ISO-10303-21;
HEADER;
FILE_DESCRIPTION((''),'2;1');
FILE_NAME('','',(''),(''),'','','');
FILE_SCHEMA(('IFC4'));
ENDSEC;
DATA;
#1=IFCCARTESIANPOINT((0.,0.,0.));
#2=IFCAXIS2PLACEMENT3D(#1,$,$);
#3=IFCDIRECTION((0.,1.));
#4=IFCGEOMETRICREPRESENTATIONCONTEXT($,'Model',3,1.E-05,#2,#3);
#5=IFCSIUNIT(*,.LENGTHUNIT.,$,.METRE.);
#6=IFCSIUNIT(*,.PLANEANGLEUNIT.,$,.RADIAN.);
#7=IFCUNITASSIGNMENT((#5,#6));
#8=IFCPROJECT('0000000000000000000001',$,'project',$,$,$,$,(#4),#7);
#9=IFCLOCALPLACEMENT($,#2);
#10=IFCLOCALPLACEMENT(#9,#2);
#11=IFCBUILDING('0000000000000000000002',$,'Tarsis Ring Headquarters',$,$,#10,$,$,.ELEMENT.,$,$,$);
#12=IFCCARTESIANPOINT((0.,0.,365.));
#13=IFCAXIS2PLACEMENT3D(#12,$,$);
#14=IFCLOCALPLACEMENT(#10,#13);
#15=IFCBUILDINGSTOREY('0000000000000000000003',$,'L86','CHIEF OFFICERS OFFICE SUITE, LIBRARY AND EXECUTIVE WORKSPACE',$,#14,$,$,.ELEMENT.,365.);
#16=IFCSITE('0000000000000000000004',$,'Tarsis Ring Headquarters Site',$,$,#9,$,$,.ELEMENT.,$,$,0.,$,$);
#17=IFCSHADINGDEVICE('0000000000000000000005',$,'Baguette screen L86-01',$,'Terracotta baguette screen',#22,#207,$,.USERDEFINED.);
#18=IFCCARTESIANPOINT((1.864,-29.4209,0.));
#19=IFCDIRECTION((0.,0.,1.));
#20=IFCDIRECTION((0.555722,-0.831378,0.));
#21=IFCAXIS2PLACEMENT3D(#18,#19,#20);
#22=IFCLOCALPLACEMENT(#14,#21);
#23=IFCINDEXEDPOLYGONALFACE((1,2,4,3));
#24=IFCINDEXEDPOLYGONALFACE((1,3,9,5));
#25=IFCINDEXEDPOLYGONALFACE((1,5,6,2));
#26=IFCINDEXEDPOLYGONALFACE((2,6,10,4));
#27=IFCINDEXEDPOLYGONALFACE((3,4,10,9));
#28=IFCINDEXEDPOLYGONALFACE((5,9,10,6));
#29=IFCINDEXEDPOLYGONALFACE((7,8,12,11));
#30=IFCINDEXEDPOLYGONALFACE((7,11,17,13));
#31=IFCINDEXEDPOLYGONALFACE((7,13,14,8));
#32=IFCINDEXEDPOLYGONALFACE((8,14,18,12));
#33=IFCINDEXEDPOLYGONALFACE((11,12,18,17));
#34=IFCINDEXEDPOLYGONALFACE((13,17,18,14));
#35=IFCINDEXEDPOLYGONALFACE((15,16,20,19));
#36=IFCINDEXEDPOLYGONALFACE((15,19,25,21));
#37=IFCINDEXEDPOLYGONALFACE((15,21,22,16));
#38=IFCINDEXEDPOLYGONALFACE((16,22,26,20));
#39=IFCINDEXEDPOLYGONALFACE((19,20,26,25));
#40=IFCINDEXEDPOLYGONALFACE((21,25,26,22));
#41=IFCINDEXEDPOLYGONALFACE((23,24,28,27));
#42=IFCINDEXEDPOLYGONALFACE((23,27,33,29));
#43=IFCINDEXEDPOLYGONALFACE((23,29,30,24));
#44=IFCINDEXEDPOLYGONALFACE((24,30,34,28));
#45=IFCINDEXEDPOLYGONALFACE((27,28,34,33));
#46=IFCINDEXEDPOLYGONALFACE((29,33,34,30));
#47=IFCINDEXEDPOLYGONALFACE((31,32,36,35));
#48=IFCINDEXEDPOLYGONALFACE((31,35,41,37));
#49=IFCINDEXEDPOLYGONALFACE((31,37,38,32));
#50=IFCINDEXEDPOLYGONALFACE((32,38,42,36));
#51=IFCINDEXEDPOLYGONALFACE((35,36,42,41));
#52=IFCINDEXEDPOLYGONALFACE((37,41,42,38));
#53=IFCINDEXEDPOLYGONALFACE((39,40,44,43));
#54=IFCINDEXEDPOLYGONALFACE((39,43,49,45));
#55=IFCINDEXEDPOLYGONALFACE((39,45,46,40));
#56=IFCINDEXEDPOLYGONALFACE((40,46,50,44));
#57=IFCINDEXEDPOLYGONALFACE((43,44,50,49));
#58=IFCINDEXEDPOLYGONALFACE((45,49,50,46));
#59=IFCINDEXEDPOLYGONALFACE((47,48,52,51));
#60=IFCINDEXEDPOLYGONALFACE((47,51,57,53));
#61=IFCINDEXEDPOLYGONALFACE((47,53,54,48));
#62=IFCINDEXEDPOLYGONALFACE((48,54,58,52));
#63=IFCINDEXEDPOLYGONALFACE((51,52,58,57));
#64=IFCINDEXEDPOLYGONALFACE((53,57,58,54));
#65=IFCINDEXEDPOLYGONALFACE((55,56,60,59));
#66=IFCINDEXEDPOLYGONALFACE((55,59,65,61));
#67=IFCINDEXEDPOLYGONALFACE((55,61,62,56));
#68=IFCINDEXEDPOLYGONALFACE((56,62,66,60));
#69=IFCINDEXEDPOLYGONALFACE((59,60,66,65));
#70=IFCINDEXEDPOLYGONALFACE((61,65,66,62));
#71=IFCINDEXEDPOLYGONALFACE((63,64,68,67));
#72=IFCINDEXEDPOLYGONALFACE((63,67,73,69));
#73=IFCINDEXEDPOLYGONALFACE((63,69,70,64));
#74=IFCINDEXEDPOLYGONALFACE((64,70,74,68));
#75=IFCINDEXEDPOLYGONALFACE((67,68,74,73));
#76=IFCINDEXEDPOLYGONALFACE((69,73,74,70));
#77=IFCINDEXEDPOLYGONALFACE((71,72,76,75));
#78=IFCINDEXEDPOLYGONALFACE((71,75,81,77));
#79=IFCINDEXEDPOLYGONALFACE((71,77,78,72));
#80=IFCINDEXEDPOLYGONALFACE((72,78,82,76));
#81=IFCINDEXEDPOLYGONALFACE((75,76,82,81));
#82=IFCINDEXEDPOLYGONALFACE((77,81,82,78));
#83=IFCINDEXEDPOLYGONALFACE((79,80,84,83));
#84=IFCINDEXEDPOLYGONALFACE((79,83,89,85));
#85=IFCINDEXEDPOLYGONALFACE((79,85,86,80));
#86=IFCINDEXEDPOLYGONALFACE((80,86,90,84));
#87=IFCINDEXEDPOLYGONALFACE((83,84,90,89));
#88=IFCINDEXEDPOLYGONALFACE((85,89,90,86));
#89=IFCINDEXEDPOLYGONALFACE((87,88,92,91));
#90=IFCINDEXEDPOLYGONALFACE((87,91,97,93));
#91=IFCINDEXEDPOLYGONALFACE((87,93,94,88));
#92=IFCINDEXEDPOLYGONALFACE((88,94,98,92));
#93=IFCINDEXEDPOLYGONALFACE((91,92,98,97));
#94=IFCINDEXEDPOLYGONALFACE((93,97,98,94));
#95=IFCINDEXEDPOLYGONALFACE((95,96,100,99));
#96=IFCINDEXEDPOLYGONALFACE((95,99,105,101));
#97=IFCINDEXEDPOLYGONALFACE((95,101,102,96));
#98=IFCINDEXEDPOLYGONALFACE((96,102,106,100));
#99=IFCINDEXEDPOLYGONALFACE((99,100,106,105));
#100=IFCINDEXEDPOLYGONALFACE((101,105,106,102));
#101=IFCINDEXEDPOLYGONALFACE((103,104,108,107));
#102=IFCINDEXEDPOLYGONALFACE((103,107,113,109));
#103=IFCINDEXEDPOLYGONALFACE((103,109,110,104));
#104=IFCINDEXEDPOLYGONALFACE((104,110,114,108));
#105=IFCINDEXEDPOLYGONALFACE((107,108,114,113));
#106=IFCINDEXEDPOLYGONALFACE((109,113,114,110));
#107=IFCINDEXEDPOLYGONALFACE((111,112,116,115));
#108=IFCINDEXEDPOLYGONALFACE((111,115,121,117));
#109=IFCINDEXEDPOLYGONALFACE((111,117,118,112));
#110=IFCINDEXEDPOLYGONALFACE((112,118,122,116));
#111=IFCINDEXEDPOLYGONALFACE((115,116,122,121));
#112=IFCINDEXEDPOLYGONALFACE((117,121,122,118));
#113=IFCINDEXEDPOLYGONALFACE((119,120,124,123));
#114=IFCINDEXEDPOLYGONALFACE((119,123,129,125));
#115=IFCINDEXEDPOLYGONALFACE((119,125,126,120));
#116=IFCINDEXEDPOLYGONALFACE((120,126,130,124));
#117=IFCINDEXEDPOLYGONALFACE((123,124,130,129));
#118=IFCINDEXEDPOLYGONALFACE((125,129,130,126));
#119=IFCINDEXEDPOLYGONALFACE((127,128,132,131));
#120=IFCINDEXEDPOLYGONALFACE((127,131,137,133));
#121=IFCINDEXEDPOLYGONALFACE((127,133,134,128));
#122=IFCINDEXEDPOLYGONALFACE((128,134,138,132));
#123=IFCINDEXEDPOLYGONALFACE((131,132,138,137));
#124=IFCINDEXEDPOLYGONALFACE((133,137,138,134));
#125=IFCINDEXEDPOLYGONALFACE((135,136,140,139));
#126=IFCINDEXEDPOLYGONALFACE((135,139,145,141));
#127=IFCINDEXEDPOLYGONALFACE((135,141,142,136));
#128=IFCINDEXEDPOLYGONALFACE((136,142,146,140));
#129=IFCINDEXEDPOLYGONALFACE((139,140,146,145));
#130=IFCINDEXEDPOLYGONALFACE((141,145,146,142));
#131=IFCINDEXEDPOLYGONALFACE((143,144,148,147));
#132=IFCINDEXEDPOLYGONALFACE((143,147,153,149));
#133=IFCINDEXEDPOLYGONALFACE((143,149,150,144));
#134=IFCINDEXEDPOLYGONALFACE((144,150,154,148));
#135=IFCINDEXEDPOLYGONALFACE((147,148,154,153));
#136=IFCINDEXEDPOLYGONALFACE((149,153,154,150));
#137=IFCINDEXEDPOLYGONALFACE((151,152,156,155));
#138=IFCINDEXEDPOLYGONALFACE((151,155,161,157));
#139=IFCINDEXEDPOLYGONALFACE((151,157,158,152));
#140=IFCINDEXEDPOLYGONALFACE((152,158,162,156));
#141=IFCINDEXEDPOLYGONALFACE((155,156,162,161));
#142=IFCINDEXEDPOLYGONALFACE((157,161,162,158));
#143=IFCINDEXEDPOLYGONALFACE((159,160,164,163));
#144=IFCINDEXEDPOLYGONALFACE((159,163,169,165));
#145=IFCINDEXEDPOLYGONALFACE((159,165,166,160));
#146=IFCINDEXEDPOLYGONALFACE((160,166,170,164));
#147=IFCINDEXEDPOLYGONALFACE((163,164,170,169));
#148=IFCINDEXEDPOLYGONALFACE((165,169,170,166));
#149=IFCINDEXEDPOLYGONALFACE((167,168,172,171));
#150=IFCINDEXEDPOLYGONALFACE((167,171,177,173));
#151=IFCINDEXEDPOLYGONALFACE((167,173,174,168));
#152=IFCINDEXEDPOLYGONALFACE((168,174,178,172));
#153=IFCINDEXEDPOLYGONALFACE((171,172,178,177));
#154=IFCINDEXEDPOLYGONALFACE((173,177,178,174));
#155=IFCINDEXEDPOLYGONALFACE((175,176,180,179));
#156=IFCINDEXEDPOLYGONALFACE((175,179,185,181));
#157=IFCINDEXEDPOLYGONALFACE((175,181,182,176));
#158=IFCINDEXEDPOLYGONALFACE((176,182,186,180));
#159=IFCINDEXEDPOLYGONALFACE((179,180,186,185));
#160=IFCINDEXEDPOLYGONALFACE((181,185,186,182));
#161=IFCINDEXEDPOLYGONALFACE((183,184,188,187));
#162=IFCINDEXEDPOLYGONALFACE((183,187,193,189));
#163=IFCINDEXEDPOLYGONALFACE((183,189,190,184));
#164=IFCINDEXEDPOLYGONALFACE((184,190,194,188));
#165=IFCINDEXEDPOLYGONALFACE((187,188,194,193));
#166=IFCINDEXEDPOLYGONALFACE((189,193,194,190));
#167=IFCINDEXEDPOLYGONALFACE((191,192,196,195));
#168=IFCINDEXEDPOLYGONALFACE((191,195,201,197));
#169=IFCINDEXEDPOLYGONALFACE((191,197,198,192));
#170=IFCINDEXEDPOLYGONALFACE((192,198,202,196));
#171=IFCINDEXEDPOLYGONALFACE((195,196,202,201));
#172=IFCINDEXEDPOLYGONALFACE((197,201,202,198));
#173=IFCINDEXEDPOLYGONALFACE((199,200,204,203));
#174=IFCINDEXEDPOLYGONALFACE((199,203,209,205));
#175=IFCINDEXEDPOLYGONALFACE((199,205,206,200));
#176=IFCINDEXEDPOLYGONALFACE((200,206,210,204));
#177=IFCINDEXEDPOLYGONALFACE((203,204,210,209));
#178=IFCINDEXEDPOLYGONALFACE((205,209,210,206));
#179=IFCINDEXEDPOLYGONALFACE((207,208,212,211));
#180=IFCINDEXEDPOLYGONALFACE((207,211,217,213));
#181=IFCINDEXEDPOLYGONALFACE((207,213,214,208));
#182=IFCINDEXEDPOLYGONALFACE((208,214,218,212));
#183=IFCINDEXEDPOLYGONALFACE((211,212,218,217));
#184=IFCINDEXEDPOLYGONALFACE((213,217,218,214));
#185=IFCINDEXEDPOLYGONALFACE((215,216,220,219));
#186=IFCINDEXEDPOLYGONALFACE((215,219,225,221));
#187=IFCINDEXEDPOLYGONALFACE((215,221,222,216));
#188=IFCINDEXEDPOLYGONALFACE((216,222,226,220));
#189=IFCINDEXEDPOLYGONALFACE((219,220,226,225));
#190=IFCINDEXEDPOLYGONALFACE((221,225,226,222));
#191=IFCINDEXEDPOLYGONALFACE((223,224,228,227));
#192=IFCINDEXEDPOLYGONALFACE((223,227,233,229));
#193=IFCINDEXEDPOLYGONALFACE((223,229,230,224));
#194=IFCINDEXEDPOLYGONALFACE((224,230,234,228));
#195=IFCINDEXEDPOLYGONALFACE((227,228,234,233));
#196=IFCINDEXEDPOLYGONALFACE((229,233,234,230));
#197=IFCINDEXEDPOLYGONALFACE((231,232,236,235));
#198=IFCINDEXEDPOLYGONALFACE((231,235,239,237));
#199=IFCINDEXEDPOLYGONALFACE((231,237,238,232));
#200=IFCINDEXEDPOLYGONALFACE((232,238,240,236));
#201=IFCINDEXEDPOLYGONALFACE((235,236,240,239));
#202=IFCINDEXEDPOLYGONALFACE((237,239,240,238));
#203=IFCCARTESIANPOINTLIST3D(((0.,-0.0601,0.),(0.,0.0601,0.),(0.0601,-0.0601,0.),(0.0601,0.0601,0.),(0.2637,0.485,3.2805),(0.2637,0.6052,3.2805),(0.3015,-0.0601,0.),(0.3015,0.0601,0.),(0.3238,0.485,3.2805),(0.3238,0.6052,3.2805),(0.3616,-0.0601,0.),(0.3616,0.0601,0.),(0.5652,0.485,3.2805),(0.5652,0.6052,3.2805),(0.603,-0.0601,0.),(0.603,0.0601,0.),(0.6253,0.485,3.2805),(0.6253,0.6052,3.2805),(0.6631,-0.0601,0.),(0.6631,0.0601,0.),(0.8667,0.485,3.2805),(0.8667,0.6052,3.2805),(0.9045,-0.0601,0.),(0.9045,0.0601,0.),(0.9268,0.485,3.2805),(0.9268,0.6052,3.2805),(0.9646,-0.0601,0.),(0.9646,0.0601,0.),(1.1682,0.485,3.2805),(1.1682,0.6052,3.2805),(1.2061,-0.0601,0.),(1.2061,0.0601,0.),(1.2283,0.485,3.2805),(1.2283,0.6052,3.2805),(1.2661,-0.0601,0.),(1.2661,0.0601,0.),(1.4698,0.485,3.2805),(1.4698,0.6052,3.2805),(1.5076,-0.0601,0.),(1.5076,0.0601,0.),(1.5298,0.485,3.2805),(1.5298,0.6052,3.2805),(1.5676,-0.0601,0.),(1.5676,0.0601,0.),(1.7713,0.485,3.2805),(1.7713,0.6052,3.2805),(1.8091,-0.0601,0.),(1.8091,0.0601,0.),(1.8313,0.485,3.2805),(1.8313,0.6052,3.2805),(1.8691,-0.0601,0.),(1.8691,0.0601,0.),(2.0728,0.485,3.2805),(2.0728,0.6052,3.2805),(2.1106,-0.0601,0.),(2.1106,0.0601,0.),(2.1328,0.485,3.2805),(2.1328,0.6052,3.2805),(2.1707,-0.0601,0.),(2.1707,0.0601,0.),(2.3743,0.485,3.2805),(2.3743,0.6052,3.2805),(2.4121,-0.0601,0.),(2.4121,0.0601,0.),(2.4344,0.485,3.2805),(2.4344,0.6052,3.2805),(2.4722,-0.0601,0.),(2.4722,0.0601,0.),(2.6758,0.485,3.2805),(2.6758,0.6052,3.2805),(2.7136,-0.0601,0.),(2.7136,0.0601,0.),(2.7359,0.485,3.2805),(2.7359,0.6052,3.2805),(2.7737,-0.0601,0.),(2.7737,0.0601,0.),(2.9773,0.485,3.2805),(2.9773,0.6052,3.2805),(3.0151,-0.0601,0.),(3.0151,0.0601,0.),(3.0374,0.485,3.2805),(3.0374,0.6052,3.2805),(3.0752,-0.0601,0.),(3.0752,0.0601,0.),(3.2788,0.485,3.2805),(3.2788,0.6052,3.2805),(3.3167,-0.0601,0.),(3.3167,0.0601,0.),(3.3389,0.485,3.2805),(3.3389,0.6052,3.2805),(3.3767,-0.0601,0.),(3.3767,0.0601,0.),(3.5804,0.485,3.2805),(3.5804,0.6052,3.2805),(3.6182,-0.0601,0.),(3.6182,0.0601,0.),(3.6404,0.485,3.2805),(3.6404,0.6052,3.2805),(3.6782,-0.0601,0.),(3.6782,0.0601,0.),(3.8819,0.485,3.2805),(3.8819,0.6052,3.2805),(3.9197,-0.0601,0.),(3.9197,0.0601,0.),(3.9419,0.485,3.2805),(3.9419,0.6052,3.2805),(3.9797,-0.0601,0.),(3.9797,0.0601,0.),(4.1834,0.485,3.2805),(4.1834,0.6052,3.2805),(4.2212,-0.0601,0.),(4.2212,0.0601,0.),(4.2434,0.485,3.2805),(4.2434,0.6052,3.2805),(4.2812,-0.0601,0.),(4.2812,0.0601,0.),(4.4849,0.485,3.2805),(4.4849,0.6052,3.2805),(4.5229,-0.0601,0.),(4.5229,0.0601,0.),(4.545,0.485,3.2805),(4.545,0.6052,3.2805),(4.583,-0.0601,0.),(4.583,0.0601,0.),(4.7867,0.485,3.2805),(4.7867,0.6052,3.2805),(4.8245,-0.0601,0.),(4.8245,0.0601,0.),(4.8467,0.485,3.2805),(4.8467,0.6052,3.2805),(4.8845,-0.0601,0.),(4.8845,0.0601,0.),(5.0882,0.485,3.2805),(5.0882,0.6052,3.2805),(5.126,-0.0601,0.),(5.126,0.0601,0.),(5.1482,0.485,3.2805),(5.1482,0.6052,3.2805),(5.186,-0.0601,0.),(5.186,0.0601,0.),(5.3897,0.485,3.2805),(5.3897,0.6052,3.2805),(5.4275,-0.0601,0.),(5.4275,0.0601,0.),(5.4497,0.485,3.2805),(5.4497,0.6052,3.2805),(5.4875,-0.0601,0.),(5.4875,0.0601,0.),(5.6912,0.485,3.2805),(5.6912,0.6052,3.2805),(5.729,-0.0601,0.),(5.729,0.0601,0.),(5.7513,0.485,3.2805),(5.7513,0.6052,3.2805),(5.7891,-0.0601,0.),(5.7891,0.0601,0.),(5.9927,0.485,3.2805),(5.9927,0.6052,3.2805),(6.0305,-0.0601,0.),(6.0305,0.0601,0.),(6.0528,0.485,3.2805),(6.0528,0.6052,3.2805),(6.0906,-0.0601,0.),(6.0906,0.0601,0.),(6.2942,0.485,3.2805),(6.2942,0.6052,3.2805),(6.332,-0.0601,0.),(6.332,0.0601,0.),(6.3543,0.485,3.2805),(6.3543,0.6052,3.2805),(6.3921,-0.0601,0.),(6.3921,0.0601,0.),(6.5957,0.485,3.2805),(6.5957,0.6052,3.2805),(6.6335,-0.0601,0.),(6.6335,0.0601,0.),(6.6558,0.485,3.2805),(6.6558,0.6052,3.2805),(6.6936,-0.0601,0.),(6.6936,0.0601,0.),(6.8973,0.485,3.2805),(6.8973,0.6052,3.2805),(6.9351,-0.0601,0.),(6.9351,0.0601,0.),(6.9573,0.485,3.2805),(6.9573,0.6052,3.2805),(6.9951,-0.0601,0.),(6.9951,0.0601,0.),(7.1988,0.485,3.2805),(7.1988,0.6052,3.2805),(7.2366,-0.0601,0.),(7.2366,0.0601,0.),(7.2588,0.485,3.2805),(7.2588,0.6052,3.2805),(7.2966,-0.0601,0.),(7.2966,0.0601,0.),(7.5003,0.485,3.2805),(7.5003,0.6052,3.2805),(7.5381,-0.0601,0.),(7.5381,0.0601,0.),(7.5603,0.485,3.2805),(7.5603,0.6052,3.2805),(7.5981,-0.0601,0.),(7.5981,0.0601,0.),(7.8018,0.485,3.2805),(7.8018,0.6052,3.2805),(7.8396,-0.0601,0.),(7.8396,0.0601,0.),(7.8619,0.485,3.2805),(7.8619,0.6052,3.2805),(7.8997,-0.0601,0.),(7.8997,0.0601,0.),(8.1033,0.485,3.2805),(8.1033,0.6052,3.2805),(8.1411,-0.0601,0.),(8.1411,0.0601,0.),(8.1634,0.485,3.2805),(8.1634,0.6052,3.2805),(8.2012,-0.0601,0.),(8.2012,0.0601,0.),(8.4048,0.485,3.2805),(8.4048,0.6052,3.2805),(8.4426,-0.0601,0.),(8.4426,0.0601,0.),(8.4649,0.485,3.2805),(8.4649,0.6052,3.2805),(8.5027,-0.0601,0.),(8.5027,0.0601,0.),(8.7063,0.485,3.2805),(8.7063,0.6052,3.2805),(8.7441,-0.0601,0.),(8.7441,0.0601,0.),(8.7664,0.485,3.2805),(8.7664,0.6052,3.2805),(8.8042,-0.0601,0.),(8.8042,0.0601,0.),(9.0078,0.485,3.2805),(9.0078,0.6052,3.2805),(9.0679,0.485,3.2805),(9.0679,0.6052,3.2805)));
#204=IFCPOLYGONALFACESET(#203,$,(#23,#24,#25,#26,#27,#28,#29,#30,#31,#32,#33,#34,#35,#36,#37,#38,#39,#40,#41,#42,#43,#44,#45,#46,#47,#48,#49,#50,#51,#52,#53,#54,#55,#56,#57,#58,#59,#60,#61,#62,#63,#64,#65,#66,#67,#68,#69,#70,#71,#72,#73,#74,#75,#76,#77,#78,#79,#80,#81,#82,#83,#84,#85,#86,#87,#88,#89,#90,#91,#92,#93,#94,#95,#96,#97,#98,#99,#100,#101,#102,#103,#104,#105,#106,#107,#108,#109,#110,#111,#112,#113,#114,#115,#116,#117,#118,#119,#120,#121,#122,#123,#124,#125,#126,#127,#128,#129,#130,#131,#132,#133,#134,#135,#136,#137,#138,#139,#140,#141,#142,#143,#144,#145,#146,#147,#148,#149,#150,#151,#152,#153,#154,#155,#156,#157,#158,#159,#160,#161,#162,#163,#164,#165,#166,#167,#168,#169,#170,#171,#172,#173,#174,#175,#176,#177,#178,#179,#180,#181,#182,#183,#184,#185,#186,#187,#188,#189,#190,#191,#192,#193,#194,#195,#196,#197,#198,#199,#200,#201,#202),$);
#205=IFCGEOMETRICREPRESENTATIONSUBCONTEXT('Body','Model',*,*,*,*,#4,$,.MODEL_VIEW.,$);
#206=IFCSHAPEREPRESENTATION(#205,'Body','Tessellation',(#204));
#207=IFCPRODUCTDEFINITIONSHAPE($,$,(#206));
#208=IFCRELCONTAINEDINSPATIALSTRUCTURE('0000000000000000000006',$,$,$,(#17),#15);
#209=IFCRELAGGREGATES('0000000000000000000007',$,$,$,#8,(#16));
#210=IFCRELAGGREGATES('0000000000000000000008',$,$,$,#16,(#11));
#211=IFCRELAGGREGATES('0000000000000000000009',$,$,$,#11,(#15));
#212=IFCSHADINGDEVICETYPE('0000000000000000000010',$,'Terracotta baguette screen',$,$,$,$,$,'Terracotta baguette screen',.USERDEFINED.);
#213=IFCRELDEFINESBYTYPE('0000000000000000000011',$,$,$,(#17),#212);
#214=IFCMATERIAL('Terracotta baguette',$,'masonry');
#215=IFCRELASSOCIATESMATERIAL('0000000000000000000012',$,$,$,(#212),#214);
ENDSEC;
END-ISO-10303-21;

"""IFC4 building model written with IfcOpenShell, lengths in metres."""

from ifc_helpers import new_model, si_unit, direction, frame, frame_2d, origin, place, context, subcontext, project, spatial, rectangle, composite_profile, extrude, material, type_object, element, save


model = new_model("IFC4")

# Units and contexts
model_context = context("Model", 3, precision=1e-05, world=origin(), true_north=direction((0.0, 1.0)))
body_context = subcontext(model_context, "Body", "Model", "MODEL_VIEW")
ifc_project = project(units=[si_unit("LENGTHUNIT", "METRE"), si_unit("PLANEANGLEUNIT", "RADIAN")], contexts=[model_context])

# Site, building, storey
site_placement = place(None, origin())
site = spatial("IfcSite", under=ifc_project, at=site_placement, Name="Tarsis Ring Headquarters Site", CompositionType="ELEMENT", RefElevation=0.0)
building_placement = place(site_placement, origin())
building = spatial("IfcBuilding", under=site, at=building_placement, Name="Tarsis Ring Headquarters", CompositionType="ELEMENT")
storey_placement = place(building_placement, frame((0.0, 0.0, 365.0)))
storey = spatial("IfcBuildingStorey", under=building, at=storey_placement, Name="L86", Description="CHIEF OFFICERS OFFICE SUITE, LIBRARY AND EXECUTIVE WORKSPACE", CompositionType="ELEMENT", Elevation=365.0)

# Shading device
ifc_material_1 = material(Name="Terracotta baguette", Category="masonry")
shading_device_type_1 = type_object("IfcShadingDeviceType", Name="Terracotta baguette screen", ElementType="Terracotta baguette screen", PredefinedType="USERDEFINED", material=ifc_material_1)
shading_device_1_placement = place(storey_placement, frame((1.864, -29.4209, 0.0), z_axis=(0.0, 0.0, 1.0), x_axis=(0.555722, -0.831378, 0.0)))
element("IfcShadingDevice", 1, at=shading_device_1_placement, inside=storey, type_object=shading_device_type_1, Name="Baguette screen L86-01", ObjectType="Terracotta baguette screen", PredefinedType="USERDEFINED", context=body_context, shape_type="SweptSolid", body=[
    extrude(composite_profile([rectangle(XDim=0.0601, YDim=0.1201, at=frame_2d((0.03, 0.0))), rectangle(XDim=0.0601, YDim=0.1201, at=frame_2d((0.3315, 0.0))), rectangle(XDim=0.0601, YDim=0.1201, at=frame_2d((0.6331, 0.0))), rectangle(XDim=0.0601, YDim=0.1201, at=frame_2d((0.9346, 0.0))), rectangle(XDim=0.0601, YDim=0.1201, at=frame_2d((1.2361, 0.0))), rectangle(XDim=0.0601, YDim=0.1201, at=frame_2d((1.5376, 0.0))), rectangle(XDim=0.0601, YDim=0.1201, at=frame_2d((1.8391, 0.0))), rectangle(XDim=0.0601, YDim=0.1201, at=frame_2d((2.1406, 0.0))), rectangle(XDim=0.0601, YDim=0.1201, at=frame_2d((2.4421, 0.0))), rectangle(XDim=0.0601, YDim=0.1201, at=frame_2d((2.7437, 0.0))), rectangle(XDim=0.0601, YDim=0.1201, at=frame_2d((3.0452, 0.0))), rectangle(XDim=0.0601, YDim=0.1201, at=frame_2d((3.3467, 0.0))), rectangle(XDim=0.0601, YDim=0.1201, at=frame_2d((3.6482, 0.0))), rectangle(XDim=0.0601, YDim=0.1201, at=frame_2d((3.9497, 0.0))), rectangle(XDim=0.0601, YDim=0.1201, at=frame_2d((4.2512, 0.0))), rectangle(XDim=0.0601, YDim=0.1201, at=frame_2d((4.553, 0.0))), rectangle(XDim=0.0601, YDim=0.1201, at=frame_2d((4.8545, 0.0))), rectangle(XDim=0.0601, YDim=0.1201, at=frame_2d((5.156, 0.0))), rectangle(XDim=0.0601, YDim=0.1201, at=frame_2d((5.4575, 0.0))), rectangle(XDim=0.0601, YDim=0.1201, at=frame_2d((5.759, 0.0))), rectangle(XDim=0.0601, YDim=0.1201, at=frame_2d((6.0605, 0.0))), rectangle(XDim=0.0601, YDim=0.1201, at=frame_2d((6.3621, 0.0))), rectangle(XDim=0.0601, YDim=0.1201, at=frame_2d((6.6636, 0.0))), rectangle(XDim=0.0601, YDim=0.1201, at=frame_2d((6.9651, 0.0))), rectangle(XDim=0.0601, YDim=0.1201, at=frame_2d((7.2666, 0.0))), rectangle(XDim=0.0601, YDim=0.1201, at=frame_2d((7.5681, 0.0))), rectangle(XDim=0.0601, YDim=0.1201, at=frame_2d((7.8696, 0.0))), rectangle(XDim=0.0601, YDim=0.1201, at=frame_2d((8.1711, 0.0))), rectangle(XDim=0.0601, YDim=0.1201, at=frame_2d((8.4727, 0.0))), rectangle(XDim=0.0601, YDim=0.1201, at=frame_2d((8.7742, 0.0)))]), origin(), (0.07905, 0.163402, 0.983387), 3.3359),
])

save(model, "model.ifc")
